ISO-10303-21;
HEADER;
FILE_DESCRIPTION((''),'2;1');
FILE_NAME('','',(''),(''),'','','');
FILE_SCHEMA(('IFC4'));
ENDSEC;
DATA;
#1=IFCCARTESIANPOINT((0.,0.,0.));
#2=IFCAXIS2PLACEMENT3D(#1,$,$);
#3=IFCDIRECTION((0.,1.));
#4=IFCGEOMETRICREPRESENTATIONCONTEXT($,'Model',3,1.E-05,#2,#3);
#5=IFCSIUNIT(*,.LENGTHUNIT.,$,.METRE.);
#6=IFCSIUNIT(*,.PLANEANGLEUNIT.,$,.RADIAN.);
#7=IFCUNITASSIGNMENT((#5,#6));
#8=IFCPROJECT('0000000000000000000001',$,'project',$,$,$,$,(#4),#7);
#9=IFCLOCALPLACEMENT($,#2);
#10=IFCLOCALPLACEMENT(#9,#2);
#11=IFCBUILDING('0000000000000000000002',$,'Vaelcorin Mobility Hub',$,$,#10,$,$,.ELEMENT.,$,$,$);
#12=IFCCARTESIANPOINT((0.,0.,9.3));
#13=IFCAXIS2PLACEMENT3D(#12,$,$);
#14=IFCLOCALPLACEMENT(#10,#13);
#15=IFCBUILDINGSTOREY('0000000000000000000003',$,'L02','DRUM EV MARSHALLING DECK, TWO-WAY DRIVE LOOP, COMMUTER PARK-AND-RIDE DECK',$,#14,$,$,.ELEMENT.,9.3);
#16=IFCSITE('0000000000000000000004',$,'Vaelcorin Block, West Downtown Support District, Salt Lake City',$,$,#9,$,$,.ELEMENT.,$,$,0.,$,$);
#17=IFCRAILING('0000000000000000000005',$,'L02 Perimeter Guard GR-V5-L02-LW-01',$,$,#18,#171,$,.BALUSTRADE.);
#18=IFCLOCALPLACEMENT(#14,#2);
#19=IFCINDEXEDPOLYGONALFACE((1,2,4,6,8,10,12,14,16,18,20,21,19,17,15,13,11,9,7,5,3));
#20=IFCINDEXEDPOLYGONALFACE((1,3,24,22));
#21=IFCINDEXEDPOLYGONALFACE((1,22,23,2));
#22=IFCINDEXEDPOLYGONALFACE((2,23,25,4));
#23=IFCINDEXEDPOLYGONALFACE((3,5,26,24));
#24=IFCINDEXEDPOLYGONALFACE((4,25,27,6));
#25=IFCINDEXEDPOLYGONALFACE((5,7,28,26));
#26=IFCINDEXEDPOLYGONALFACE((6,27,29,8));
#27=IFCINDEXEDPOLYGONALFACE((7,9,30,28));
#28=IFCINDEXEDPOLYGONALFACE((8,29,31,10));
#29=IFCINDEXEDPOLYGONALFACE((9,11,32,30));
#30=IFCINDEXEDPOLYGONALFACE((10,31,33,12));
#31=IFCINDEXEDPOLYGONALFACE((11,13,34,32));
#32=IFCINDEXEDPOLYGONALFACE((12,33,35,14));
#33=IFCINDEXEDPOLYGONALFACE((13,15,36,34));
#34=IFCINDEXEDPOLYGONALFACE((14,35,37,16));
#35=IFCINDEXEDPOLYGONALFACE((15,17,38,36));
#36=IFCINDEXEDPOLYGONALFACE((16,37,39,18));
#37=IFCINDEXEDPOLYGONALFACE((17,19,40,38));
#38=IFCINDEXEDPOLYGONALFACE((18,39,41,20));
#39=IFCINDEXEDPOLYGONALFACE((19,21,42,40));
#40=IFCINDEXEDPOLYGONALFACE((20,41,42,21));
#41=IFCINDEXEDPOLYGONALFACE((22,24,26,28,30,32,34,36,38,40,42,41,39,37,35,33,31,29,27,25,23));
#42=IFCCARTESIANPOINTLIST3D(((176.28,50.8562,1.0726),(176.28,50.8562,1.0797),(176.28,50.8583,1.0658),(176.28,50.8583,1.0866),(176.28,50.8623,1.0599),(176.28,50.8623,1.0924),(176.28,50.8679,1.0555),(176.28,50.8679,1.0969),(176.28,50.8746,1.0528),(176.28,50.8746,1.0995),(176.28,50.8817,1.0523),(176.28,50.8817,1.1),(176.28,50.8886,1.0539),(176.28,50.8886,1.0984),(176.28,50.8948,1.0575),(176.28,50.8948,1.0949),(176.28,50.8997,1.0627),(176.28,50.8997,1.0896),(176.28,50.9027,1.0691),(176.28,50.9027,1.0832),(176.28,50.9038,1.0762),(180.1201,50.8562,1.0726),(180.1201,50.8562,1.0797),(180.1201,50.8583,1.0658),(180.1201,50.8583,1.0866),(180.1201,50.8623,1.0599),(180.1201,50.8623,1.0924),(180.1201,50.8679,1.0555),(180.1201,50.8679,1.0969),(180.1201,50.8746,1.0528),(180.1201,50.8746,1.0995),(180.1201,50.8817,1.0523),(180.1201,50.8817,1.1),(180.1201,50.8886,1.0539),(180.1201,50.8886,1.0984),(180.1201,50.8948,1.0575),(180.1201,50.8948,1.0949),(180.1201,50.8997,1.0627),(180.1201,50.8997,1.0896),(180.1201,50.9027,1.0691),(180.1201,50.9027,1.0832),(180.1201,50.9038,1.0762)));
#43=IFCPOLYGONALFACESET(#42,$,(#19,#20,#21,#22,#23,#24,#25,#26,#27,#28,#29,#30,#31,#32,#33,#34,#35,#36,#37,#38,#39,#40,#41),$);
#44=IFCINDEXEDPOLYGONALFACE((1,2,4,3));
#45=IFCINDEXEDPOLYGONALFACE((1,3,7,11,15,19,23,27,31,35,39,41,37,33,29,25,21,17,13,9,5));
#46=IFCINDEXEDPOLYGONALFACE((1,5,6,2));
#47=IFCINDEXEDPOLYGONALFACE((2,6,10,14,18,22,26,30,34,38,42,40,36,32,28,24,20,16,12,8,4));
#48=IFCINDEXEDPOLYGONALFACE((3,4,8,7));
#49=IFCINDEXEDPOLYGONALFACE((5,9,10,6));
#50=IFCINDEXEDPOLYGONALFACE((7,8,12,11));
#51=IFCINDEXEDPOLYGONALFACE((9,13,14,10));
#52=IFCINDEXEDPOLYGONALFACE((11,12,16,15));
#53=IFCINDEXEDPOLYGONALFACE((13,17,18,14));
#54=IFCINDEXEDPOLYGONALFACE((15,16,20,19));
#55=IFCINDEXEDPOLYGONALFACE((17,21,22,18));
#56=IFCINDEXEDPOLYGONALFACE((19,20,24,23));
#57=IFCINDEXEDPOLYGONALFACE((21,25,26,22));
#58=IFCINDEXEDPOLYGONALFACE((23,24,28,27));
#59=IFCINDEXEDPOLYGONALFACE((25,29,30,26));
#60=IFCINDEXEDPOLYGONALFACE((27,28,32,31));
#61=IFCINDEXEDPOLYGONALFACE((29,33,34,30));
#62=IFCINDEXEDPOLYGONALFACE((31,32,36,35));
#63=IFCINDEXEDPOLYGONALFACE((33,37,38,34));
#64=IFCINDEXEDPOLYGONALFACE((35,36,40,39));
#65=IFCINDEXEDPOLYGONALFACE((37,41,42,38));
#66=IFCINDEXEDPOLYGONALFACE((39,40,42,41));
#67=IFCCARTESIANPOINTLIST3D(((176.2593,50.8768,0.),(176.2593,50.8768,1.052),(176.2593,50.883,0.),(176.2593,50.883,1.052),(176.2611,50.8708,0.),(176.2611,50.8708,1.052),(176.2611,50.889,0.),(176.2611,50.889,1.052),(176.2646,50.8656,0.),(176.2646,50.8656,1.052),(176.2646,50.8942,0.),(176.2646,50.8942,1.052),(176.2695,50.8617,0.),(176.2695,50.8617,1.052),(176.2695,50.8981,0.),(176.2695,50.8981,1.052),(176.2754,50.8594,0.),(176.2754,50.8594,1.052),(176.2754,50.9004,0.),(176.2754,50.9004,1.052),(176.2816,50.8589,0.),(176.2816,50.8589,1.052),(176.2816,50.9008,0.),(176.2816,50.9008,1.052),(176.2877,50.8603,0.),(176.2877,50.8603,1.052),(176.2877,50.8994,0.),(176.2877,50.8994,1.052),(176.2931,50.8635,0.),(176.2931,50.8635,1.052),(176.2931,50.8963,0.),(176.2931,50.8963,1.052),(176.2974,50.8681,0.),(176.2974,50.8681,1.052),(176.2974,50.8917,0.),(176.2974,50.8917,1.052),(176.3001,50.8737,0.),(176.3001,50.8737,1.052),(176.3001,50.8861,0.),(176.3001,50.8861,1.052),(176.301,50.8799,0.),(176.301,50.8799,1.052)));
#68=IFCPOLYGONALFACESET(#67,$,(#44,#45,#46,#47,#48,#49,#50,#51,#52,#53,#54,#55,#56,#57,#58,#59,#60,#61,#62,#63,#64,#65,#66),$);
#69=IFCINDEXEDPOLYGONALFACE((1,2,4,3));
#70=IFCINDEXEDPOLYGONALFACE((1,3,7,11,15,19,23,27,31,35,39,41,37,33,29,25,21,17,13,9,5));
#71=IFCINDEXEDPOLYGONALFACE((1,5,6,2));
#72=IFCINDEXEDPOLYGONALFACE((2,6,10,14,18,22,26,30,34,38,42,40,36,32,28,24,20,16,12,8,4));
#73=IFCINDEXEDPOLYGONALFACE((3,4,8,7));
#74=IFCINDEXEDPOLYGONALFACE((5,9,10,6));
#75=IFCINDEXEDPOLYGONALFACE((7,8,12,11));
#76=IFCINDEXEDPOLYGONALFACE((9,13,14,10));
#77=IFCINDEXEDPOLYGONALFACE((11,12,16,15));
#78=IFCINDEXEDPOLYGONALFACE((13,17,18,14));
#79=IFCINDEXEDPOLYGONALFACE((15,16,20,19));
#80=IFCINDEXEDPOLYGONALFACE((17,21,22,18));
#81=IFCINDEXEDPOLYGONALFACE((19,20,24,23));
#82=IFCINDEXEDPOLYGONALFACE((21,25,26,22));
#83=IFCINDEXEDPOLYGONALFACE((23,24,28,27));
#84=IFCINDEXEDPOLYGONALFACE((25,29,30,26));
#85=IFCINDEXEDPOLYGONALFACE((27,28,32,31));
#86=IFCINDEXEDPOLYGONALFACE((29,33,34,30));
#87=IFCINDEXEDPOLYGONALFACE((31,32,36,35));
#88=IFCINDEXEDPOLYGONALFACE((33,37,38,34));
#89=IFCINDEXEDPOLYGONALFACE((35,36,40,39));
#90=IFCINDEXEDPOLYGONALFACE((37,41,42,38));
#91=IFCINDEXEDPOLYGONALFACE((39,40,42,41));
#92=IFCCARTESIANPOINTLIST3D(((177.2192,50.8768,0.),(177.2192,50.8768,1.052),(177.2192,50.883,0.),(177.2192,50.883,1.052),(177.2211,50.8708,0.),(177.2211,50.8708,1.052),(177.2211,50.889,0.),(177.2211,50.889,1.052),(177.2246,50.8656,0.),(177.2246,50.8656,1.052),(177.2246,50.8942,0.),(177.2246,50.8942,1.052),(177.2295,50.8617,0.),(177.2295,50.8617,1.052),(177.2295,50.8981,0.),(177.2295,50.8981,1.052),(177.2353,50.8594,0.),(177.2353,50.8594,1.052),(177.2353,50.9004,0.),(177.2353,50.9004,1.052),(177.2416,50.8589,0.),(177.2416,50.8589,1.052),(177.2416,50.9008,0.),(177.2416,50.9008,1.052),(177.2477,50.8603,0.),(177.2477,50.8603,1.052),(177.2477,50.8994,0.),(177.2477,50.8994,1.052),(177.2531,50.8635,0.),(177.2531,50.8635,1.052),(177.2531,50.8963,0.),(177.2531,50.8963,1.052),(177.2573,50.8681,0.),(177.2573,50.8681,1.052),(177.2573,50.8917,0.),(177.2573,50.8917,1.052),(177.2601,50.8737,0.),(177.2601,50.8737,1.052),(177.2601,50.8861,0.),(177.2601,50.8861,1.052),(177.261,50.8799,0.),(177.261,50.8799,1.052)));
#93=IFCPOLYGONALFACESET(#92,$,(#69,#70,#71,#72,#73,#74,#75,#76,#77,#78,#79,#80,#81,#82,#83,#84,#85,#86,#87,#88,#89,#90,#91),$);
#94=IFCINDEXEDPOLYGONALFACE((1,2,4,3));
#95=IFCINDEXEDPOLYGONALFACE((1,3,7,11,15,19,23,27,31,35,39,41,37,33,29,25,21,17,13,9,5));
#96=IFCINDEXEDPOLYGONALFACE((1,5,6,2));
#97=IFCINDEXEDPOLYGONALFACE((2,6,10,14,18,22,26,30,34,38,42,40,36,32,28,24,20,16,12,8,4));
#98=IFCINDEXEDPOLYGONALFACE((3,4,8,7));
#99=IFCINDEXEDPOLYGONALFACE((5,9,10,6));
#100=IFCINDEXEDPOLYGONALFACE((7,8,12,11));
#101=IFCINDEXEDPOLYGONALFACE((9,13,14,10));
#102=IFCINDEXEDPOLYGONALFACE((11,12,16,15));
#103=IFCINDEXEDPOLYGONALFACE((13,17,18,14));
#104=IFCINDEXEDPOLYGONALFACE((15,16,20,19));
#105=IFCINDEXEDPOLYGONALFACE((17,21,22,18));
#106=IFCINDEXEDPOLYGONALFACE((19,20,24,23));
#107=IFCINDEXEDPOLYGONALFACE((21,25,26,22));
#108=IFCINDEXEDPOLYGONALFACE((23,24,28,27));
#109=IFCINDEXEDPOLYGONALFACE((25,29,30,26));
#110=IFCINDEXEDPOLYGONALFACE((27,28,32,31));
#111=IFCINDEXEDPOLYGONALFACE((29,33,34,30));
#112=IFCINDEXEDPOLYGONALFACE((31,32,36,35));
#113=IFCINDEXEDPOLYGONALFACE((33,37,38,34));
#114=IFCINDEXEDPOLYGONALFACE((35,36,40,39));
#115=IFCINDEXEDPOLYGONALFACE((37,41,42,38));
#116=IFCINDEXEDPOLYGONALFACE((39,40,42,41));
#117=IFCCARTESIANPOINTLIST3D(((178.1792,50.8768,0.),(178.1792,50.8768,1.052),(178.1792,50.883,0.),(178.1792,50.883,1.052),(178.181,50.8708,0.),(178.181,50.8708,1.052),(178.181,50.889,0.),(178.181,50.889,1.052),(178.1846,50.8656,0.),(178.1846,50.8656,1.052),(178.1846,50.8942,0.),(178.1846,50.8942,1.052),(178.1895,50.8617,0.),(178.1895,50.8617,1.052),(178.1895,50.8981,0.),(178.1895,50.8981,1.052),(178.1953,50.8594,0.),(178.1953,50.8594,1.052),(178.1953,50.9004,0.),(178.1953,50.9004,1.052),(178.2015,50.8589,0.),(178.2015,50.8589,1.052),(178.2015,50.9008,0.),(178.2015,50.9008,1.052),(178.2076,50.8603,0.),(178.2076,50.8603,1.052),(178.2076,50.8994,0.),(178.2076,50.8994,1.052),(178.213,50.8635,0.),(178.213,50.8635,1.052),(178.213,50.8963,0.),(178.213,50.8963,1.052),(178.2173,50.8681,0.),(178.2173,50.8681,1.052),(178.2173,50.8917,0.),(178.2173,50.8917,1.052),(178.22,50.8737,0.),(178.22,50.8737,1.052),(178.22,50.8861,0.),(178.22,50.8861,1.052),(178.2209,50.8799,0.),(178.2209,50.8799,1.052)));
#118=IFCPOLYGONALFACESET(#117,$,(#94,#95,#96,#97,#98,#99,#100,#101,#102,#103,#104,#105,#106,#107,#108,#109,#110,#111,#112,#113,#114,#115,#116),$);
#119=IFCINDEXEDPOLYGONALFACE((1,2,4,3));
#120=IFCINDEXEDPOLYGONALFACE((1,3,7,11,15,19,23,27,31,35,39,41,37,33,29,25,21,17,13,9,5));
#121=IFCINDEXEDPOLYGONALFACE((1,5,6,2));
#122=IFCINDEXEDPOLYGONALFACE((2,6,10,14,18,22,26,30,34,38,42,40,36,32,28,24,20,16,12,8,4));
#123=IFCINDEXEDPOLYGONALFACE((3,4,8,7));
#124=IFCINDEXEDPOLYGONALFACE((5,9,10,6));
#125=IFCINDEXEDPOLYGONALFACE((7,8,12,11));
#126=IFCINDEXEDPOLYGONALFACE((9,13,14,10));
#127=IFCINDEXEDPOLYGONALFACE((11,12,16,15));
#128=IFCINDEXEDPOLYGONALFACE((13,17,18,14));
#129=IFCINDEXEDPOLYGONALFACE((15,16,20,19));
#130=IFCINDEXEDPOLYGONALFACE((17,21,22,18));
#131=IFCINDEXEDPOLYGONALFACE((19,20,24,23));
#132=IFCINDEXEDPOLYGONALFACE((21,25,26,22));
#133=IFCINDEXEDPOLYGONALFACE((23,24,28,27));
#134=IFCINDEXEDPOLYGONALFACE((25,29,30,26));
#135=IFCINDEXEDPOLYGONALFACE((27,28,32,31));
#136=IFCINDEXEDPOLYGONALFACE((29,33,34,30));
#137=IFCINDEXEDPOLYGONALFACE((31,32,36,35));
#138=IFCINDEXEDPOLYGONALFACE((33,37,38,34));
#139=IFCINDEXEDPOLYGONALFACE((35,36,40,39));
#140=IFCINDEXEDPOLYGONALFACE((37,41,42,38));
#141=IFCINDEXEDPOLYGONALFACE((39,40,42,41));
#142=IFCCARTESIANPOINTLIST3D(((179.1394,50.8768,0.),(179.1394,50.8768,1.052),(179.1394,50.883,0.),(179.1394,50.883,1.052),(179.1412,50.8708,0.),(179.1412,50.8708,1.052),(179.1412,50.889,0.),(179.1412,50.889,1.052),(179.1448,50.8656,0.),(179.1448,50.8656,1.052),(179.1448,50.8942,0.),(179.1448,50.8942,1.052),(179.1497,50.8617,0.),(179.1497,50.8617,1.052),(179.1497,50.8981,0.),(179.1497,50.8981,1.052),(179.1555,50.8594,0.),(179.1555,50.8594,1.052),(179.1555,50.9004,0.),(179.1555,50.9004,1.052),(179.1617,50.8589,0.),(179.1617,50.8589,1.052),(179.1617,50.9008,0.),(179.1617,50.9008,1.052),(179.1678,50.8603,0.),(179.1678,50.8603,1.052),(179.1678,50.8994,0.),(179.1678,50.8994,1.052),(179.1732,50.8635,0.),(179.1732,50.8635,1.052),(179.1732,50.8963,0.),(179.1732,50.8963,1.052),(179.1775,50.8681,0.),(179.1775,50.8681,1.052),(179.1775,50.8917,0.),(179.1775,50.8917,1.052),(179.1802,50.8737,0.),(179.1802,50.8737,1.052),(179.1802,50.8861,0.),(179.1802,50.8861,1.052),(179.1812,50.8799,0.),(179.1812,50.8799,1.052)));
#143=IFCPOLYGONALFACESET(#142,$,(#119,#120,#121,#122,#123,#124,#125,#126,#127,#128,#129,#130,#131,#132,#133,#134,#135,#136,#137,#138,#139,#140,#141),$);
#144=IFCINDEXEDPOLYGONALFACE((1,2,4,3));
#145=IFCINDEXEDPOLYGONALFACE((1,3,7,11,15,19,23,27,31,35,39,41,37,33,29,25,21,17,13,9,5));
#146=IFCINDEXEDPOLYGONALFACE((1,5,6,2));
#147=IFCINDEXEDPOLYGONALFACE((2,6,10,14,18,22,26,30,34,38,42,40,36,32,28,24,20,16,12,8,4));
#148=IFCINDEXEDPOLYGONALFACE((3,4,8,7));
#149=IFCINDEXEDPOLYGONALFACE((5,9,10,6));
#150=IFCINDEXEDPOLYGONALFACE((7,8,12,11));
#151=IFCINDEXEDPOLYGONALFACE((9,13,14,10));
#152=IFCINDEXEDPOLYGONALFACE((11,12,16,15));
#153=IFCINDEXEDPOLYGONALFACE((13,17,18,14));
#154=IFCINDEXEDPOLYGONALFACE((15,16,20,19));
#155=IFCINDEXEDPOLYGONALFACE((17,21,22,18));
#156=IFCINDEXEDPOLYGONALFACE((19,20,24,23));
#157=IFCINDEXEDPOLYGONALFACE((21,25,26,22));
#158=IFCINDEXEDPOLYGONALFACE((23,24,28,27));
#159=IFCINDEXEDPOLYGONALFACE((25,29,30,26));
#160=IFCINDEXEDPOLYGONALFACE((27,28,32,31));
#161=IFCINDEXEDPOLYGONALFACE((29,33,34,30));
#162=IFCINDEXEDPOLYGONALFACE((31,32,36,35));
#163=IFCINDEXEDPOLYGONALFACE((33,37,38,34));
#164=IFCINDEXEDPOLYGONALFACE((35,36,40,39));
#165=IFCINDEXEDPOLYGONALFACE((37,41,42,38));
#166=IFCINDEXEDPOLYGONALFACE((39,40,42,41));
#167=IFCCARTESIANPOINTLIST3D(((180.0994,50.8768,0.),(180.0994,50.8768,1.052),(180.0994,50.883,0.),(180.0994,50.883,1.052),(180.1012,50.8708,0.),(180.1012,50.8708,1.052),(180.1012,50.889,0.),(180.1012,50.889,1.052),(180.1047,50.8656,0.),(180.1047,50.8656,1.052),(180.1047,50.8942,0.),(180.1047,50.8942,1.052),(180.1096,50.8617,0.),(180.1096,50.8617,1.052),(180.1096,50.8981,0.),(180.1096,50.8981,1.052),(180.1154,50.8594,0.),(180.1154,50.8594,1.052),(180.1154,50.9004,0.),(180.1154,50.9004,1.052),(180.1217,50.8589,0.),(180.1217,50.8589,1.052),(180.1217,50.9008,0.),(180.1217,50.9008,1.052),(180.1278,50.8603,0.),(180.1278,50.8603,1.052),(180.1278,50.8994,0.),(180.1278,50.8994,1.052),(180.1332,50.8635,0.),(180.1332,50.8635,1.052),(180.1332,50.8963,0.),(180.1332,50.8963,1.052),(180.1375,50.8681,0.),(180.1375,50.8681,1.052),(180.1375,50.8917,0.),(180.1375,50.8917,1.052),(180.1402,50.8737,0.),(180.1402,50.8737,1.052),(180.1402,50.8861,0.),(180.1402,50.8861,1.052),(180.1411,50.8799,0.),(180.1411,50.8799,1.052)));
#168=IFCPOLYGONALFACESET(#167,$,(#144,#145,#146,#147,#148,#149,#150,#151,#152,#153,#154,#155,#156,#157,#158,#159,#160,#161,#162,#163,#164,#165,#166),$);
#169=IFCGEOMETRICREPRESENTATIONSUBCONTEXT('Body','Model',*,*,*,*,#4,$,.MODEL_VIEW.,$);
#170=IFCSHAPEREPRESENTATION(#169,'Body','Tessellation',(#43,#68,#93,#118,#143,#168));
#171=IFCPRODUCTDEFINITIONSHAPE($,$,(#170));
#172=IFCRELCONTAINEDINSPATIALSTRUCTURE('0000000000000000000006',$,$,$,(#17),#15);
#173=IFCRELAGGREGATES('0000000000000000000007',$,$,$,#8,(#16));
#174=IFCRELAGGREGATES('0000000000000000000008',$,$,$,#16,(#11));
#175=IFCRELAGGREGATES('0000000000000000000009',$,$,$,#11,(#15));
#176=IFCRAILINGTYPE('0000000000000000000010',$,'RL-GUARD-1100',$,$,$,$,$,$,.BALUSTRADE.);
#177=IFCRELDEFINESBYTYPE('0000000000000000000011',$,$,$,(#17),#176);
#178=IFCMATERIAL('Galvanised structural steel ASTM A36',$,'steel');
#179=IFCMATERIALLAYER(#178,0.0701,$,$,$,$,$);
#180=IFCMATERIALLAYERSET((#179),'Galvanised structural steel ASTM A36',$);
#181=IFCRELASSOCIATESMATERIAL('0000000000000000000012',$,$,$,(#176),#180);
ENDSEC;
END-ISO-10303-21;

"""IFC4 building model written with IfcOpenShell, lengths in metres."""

from ifc_helpers import new_model, si_unit, direction, frame, origin, origin_2d, place, context, subcontext, project, spatial, circle, extrude, material, layer, layer_set, type_object, element, save


model = new_model("IFC4")

# Units and contexts
model_context = context("Model", 3, precision=1e-05, world=origin(), true_north=direction((0.0, 1.0)))
body_context = subcontext(model_context, "Body", "Model", "MODEL_VIEW")
ifc_project = project(units=[si_unit("LENGTHUNIT", "METRE"), si_unit("PLANEANGLEUNIT", "RADIAN")], contexts=[model_context])

# Site, building, storey
site_placement = place(None, origin())
site = spatial("IfcSite", under=ifc_project, at=site_placement, Name="Vaelcorin Block, West Downtown Support District, Salt Lake City", CompositionType="ELEMENT", RefElevation=0.0)
building_placement = place(site_placement, origin())
building = spatial("IfcBuilding", under=site, at=building_placement, Name="Vaelcorin Mobility Hub", CompositionType="ELEMENT")
storey_placement = place(building_placement, frame((0.0, 0.0, 9.3)))
storey = spatial("IfcBuildingStorey", under=building, at=storey_placement, Name="L02", Description="DRUM EV MARSHALLING DECK, TWO-WAY DRIVE LOOP, COMMUTER PARK-AND-RIDE DECK", CompositionType="ELEMENT", Elevation=9.3)

# Railing
ifc_material_1 = material(Name="Galvanised structural steel ASTM A36", Category="steel")
ifc_layer_1 = layer(ifc_material_1, 0.0701)
ifc_layer_set_1 = layer_set([ifc_layer_1], Name="Galvanised structural steel ASTM A36")
railing_type = type_object("IfcRailingType", Name="RL-GUARD-1100", PredefinedType="BALUSTRADE", material=ifc_layer_set_1)
railing_1_placement = place(storey_placement, frame((176.28, 50.8799, 0.0)))
element("IfcRailing", 1, at=railing_1_placement, inside=storey, type_object=railing_type, Name="L02 Perimeter Guard GR-V5-L02-LW-01", PredefinedType="BALUSTRADE", context=body_context, shape_type="SweptSolid", body=[
    extrude(circle(Radius=0.0239, at=origin_2d()), frame((0.0, 0.0, 1.0762), z_axis=(1.0, 0.0, 0.0), x_axis=(0.0, 1.0, 0.0)), (0.0, 0.0, 1.0), 3.8401),
    extrude(circle(Radius=0.021, at=origin_2d()), origin(), (0.0, 0.0, 1.0), 1.052),
    extrude(circle(Radius=0.021, at=origin_2d()), frame((0.96, 0.0, 0.0)), (0.0, 0.0, 1.0), 1.052),
    extrude(circle(Radius=0.021, at=origin_2d()), frame((1.9199, 0.0, 0.0)), (0.0, 0.0, 1.0), 1.052),
    extrude(circle(Radius=0.021, at=origin_2d()), frame((2.8801, 0.0, 0.0)), (0.0, 0.0, 1.0), 1.052),
    extrude(circle(Radius=0.021, at=origin_2d()), frame((3.8401, 0.0, 0.0)), (0.0, 0.0, 1.0), 1.052),
])

save(model, "model.ifc")
